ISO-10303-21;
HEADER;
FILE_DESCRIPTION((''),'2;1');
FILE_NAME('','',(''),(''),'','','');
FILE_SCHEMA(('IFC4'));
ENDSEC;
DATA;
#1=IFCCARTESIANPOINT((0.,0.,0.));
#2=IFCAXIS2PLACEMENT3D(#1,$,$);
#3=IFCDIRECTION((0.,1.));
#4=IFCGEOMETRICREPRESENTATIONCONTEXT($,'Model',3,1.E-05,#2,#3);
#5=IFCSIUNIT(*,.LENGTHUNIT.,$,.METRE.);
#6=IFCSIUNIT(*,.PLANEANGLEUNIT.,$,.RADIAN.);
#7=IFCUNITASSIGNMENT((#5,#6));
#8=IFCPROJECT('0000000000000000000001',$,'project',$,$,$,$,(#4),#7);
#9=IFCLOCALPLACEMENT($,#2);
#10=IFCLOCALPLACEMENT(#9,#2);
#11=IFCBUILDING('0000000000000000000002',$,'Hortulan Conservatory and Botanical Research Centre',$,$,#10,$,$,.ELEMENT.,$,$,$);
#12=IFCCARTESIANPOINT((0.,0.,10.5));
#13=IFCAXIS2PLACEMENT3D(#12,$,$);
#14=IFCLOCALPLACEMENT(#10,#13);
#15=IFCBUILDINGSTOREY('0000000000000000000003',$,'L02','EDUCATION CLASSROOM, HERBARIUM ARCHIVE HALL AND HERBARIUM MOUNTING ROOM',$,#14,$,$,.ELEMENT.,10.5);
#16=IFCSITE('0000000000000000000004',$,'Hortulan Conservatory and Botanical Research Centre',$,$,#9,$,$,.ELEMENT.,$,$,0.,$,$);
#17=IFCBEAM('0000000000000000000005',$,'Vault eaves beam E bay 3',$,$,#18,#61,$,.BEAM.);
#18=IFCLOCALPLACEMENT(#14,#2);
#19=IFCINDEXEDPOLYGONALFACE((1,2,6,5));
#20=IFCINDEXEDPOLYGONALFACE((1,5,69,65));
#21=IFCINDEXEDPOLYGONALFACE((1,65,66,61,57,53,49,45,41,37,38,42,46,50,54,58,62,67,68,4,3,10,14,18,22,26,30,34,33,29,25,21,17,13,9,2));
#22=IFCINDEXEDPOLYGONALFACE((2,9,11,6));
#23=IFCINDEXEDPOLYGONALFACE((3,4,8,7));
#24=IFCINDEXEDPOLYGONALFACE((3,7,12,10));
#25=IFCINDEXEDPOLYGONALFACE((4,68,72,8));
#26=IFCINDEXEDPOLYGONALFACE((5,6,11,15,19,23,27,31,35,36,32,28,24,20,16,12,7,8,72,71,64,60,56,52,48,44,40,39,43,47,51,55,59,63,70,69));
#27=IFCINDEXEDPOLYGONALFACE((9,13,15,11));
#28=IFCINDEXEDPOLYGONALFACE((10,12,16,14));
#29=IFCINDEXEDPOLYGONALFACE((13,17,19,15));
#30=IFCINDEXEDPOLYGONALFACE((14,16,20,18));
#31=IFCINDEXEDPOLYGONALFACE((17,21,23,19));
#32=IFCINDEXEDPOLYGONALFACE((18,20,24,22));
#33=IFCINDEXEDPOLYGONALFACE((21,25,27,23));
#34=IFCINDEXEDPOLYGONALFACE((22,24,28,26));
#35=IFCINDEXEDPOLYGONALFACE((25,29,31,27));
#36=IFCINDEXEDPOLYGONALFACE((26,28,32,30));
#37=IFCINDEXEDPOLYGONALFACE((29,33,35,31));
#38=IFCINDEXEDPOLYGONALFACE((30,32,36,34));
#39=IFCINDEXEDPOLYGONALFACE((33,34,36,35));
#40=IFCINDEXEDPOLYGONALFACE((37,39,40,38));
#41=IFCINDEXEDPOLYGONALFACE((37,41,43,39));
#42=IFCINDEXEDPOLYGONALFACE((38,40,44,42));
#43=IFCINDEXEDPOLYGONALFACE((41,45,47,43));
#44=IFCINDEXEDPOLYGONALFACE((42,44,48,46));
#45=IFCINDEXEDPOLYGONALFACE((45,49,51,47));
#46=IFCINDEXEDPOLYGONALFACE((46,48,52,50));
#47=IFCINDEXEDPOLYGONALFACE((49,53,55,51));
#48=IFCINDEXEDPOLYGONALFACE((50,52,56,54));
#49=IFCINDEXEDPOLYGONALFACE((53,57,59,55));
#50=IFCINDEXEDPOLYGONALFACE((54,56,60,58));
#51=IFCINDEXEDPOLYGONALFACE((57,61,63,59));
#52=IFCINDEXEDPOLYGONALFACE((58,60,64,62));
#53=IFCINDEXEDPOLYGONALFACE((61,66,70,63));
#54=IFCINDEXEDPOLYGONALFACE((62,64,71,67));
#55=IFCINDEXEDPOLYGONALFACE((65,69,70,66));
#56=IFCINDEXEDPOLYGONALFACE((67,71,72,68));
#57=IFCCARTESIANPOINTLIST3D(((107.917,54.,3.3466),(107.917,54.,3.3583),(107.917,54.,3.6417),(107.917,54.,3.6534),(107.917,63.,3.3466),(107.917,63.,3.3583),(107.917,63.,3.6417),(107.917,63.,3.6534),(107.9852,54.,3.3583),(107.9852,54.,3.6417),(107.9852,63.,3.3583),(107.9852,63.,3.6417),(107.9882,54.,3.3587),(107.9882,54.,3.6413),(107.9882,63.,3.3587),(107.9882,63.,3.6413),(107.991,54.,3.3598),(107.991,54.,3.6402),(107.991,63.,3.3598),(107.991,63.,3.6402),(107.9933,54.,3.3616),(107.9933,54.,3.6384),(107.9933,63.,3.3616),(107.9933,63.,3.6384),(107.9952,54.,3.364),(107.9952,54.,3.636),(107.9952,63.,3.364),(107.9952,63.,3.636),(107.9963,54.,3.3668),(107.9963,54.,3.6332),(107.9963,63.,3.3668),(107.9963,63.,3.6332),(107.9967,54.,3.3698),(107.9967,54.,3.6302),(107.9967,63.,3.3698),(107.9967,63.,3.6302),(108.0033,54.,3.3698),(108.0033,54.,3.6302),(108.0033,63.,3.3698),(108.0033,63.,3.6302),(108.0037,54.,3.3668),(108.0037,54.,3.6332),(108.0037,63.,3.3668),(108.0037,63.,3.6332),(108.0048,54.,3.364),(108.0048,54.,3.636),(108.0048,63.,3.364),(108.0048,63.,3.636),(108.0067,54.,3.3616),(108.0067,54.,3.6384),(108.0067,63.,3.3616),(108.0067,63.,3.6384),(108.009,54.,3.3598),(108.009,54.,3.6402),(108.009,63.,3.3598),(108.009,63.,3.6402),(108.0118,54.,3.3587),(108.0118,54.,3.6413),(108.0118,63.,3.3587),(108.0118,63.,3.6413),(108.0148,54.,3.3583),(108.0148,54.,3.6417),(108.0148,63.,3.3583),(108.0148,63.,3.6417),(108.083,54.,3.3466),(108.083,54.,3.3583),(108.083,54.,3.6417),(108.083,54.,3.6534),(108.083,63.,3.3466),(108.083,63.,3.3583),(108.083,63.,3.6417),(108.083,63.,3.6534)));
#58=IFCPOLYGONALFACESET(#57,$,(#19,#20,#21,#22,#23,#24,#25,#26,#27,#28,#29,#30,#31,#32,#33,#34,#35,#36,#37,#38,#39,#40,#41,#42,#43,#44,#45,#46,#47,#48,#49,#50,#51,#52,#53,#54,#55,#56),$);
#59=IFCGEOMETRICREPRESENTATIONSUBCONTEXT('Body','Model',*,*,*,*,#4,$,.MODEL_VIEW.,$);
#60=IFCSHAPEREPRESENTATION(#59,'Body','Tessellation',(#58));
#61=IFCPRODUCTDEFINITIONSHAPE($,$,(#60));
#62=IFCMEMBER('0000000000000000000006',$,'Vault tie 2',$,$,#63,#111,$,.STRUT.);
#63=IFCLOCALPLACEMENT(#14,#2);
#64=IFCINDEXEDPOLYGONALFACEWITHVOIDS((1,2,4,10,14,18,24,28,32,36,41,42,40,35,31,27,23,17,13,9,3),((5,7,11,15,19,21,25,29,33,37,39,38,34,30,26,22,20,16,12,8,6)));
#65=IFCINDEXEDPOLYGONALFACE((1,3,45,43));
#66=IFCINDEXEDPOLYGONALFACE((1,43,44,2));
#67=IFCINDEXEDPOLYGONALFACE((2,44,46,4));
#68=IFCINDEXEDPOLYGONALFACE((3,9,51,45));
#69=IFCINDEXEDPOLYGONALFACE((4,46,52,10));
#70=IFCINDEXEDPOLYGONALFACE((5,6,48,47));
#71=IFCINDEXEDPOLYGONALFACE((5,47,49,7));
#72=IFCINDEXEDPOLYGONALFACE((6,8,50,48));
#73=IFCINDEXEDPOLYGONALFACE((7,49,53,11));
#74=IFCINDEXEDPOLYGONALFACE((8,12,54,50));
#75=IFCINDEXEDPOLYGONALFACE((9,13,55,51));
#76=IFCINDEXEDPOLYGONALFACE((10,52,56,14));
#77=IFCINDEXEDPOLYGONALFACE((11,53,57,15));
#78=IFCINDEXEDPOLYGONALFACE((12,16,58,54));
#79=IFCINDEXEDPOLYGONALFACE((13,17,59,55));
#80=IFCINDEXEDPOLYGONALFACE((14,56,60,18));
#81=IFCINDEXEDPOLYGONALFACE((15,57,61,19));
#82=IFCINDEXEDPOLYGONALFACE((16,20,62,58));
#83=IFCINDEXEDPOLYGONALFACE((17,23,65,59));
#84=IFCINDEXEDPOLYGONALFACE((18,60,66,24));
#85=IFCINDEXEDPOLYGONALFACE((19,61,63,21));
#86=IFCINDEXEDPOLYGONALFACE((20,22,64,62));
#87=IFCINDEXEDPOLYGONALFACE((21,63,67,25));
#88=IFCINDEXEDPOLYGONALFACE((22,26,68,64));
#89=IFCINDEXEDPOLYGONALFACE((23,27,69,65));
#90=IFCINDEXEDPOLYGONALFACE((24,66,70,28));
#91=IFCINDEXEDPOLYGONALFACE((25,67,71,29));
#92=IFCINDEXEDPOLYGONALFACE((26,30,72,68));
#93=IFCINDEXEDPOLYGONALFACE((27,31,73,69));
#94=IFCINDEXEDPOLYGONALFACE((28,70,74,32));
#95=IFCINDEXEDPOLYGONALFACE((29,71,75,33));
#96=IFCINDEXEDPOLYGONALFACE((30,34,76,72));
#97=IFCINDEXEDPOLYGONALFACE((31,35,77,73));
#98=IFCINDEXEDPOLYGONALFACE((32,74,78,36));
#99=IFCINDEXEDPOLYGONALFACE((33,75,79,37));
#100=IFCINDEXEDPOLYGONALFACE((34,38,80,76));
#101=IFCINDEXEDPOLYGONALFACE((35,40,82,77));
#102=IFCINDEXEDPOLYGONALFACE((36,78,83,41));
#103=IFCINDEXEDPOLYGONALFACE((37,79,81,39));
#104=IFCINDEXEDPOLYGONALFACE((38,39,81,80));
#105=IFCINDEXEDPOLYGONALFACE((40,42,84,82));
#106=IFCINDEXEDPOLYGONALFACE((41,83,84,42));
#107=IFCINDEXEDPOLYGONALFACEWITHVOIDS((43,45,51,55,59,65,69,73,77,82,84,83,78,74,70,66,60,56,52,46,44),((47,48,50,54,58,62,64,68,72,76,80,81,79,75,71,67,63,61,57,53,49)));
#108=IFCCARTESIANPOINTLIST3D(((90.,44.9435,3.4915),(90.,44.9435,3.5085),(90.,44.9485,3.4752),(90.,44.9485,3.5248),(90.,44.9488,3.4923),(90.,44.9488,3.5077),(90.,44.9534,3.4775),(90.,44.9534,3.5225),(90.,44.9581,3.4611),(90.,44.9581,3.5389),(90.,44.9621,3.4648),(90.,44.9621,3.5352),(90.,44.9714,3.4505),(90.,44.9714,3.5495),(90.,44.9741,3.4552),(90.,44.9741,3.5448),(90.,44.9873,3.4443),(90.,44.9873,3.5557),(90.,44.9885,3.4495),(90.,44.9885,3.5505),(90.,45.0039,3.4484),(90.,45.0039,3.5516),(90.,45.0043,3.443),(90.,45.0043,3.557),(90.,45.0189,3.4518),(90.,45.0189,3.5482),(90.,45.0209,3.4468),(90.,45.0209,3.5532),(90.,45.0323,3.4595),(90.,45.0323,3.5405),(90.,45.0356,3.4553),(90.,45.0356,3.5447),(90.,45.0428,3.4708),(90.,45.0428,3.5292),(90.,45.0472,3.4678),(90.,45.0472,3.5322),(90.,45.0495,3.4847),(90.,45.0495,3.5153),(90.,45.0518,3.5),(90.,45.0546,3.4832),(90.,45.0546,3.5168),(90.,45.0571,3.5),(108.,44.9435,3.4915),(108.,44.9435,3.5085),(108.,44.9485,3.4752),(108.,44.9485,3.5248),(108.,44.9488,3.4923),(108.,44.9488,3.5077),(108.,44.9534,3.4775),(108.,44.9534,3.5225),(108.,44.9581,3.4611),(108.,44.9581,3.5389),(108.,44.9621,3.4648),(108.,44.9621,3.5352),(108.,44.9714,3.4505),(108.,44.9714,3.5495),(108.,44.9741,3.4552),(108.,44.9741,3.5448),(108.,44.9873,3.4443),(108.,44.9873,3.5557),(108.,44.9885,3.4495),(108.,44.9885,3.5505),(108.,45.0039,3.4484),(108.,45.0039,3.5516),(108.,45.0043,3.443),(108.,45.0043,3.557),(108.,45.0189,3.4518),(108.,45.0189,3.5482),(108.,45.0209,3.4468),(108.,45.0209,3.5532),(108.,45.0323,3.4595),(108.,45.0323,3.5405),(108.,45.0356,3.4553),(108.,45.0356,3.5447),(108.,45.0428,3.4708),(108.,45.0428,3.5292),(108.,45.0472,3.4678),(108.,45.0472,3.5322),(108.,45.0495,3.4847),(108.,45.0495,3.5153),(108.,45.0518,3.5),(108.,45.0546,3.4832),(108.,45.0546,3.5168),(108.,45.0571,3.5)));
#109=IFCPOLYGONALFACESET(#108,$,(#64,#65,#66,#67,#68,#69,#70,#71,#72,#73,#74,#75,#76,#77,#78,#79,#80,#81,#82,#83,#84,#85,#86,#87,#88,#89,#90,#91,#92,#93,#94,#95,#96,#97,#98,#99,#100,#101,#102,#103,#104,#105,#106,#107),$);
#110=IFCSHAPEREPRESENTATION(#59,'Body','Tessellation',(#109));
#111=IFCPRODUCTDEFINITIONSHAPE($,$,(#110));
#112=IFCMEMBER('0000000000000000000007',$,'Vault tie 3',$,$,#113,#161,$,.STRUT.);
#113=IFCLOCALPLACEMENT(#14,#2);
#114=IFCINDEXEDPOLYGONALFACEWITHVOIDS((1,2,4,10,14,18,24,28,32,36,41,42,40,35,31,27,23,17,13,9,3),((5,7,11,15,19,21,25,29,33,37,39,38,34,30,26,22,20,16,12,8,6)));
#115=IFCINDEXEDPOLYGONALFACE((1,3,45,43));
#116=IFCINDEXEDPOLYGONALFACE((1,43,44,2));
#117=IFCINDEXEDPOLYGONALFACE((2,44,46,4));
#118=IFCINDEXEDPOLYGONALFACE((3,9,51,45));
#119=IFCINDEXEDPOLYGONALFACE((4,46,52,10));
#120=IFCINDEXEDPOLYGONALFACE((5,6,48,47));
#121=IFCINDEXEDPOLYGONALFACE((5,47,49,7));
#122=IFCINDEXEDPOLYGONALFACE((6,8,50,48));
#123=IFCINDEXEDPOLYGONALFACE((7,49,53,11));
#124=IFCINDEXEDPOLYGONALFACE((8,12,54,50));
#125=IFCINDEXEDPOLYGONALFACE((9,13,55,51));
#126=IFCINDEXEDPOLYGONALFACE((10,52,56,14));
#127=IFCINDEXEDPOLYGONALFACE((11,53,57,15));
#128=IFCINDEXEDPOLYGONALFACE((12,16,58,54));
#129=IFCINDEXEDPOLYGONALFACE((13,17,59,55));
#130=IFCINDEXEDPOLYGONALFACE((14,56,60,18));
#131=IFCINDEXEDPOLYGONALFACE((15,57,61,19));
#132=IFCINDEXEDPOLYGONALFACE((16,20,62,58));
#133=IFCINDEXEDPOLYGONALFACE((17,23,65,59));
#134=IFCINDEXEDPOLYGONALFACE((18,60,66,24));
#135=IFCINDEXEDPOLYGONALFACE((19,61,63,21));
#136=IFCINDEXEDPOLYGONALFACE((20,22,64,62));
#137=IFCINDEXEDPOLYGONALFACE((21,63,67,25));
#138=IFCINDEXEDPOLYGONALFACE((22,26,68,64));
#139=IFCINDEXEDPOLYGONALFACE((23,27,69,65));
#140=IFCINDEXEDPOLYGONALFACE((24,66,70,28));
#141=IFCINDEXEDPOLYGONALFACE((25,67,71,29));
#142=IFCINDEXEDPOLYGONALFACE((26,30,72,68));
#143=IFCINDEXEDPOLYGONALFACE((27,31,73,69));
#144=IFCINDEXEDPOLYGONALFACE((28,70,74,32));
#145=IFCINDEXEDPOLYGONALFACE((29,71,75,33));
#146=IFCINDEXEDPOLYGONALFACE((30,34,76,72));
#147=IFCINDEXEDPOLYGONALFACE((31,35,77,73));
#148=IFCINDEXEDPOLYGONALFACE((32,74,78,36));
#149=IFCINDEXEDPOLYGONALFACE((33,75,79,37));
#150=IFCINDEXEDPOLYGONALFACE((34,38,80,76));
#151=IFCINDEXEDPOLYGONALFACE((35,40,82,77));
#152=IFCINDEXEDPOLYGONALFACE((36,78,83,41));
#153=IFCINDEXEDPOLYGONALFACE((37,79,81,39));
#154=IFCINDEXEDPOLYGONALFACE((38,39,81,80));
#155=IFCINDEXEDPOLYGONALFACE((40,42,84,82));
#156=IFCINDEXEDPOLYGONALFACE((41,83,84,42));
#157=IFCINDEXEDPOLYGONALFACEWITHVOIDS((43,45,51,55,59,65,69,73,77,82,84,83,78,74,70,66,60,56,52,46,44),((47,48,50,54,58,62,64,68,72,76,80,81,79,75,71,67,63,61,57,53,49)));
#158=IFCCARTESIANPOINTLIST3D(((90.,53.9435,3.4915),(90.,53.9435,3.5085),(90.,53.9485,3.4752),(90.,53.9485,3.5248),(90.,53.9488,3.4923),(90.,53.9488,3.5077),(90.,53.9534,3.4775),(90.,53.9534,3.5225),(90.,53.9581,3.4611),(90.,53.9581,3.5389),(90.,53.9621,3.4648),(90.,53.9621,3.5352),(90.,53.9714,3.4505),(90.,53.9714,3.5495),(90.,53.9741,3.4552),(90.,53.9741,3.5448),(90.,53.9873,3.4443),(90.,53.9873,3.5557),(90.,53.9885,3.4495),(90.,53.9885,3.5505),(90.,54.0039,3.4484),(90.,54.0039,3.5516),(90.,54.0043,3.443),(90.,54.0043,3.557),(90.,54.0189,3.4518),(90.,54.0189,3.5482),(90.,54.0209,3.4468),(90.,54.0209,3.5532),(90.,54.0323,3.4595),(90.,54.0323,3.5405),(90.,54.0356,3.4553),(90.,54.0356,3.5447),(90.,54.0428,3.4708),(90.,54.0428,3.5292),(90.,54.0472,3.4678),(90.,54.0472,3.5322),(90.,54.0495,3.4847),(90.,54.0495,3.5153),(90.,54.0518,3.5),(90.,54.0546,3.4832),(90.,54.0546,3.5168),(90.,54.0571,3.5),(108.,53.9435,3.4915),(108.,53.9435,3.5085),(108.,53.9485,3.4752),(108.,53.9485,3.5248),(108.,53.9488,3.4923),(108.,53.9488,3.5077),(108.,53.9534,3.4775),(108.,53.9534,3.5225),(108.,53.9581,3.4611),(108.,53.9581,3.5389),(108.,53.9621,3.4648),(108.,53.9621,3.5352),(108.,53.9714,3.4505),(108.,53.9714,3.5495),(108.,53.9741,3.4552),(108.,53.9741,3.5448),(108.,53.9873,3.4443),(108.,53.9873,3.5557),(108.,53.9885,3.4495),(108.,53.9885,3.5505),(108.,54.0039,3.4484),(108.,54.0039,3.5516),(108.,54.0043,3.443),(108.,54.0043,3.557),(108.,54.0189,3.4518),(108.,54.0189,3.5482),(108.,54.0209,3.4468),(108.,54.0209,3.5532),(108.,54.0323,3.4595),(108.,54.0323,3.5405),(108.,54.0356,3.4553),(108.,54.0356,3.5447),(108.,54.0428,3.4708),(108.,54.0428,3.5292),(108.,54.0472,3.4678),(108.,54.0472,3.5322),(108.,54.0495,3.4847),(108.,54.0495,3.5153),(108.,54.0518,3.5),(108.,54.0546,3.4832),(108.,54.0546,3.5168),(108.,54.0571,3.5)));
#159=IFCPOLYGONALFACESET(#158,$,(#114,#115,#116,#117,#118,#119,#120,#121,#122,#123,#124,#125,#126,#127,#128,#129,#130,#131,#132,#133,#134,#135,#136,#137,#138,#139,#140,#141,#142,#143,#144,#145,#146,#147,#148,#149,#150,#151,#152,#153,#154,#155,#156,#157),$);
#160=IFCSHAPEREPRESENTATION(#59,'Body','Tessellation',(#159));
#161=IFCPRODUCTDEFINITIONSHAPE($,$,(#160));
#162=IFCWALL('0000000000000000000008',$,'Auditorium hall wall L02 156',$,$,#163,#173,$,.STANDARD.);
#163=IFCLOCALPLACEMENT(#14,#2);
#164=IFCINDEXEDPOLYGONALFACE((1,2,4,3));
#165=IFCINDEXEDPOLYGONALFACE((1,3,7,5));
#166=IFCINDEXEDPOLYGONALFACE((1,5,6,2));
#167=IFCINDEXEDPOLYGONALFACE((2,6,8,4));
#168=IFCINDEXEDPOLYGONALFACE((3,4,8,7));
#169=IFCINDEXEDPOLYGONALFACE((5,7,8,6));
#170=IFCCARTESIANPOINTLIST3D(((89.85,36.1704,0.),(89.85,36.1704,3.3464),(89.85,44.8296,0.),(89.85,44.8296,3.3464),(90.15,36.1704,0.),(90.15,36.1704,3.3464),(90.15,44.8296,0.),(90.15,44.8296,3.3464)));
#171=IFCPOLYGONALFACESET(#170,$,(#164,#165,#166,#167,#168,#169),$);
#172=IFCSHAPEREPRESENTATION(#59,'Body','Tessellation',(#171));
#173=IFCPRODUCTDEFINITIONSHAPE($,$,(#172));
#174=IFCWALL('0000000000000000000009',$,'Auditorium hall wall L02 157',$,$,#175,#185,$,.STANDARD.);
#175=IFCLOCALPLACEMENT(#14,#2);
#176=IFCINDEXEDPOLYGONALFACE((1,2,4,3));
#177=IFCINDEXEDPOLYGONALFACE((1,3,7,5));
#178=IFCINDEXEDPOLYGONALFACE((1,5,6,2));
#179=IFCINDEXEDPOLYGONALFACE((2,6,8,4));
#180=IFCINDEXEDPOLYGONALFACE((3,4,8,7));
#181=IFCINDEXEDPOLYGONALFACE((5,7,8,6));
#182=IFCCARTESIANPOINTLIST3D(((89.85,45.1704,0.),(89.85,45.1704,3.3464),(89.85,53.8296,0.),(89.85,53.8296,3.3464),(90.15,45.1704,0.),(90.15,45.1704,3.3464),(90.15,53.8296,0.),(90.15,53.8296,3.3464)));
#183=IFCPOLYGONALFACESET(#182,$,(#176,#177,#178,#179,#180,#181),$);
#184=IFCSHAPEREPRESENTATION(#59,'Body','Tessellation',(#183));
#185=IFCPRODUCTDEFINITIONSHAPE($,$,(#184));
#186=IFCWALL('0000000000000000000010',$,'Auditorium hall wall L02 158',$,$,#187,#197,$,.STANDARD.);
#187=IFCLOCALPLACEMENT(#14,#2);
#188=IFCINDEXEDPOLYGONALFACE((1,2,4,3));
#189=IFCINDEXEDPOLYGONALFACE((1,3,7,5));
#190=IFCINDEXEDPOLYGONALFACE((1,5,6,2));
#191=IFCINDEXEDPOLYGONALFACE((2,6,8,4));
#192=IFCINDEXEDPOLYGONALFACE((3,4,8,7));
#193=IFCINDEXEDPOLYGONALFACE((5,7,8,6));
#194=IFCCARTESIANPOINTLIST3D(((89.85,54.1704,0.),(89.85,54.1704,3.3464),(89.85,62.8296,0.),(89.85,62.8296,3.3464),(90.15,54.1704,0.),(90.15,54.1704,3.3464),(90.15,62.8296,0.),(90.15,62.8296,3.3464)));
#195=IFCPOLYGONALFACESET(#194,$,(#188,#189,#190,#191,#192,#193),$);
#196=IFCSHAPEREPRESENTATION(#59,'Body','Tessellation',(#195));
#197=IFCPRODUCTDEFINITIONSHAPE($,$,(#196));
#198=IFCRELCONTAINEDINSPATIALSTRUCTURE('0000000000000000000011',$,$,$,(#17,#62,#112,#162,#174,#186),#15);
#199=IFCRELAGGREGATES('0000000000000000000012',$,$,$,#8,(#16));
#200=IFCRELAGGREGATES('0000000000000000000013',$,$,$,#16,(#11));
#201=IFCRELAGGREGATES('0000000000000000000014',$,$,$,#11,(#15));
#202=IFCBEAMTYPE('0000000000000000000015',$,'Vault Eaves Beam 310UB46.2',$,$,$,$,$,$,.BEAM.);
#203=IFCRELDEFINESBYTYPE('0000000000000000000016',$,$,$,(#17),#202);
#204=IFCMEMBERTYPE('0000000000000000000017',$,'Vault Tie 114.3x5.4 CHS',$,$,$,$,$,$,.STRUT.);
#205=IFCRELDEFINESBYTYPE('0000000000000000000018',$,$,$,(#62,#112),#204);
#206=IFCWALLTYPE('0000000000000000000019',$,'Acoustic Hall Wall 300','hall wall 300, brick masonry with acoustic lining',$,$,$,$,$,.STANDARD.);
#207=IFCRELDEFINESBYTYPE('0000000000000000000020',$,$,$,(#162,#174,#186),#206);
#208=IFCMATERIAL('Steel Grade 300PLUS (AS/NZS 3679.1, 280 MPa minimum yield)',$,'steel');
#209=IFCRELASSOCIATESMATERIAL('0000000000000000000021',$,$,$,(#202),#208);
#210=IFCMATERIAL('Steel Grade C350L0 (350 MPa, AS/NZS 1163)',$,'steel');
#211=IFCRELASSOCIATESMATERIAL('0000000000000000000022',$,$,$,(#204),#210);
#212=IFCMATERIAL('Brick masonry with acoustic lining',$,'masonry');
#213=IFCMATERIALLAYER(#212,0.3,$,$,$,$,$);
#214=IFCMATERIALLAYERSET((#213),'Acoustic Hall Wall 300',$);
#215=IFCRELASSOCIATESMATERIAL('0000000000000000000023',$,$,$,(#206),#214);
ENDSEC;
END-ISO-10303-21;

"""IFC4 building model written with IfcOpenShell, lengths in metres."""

from ifc_helpers import new_model, si_unit, direction, frame, frame_2d, origin, origin_2d, place, context, subcontext, project, spatial, rectangle, hollow_circle, i_section, extrude, material, layer, layer_set, material_profile, profile_set, type_object, element, save


model = new_model("IFC4")

# Units and contexts
model_context = context("Model", 3, precision=1e-05, world=origin(), true_north=direction((0.0, 1.0)))
body_context = subcontext(model_context, "Body", "Model", "MODEL_VIEW")
ifc_project = project(units=[si_unit("LENGTHUNIT", "METRE"), si_unit("PLANEANGLEUNIT", "RADIAN")], contexts=[model_context])

# Site, building, storey
site_placement = place(None, origin())
site = spatial("IfcSite", under=ifc_project, at=site_placement, Name="Hortulan Conservatory and Botanical Research Centre", CompositionType="ELEMENT", RefElevation=0.0)
building_placement = place(site_placement, origin())
building = spatial("IfcBuilding", under=site, at=building_placement, Name="Hortulan Conservatory and Botanical Research Centre", CompositionType="ELEMENT")
storey_placement = place(building_placement, frame((0.0, 0.0, 10.5)))
storey = spatial("IfcBuildingStorey", under=building, at=storey_placement, Name="L02", Description="EDUCATION CLASSROOM, HERBARIUM ARCHIVE HALL AND HERBARIUM MOUNTING ROOM", CompositionType="ELEMENT", Elevation=10.5)

# Shared definitions
ifc_material_1 = material(Name="Steel Grade 300PLUS (AS/NZS 3679.1, 280 MPa minimum yield)", Category="steel")

# Beam
ifc_material_profile_1 = material_profile(ifc_material_1, i_section(OverallWidth=0.166, OverallDepth=0.3069, WebThickness=0.0066, FlangeThickness=0.0117, FilletRadius=0.0115, at=origin_2d()), Name="310UB46.2")
ifc_profile_set_1 = profile_set([ifc_material_profile_1], Name="Steel Grade 300PLUS (AS/NZS 3679.1, 280 MPa minimum yield)")
beam_type_1 = type_object("IfcBeamType", Name="Vault Eaves Beam 310UB46.2", PredefinedType="BEAM", material=ifc_profile_set_1)
for number, where, z_axis, x_axis, name in (
    (1, (108.0, 54.0, 3.5), (0.0, 1.0, 0.0), (-1.0, 0.0, 0.0), "Vault eaves beam E bay 3"),
):
    element("IfcBeam", number, at=place(storey_placement, frame(where, z_axis=z_axis, x_axis=x_axis)), inside=storey, type_object=beam_type_1, Name=name, PredefinedType="BEAM", context=body_context, shape_type="SweptSolid", body=[
        extrude(i_section(OverallWidth=0.166, OverallDepth=0.3069, WebThickness=0.0066, FlangeThickness=0.0117, FilletRadius=0.0115, at=origin_2d()), origin(), (0.0, 0.0, 1.0), 9.0),
    ])

# Members
ifc_material_2 = material(Name="Steel Grade C350L0 (350 MPa, AS/NZS 1163)", Category="steel")
ifc_material_profile_2 = material_profile(ifc_material_2, hollow_circle(Radius=0.0571, WallThickness=0.0054, at=origin_2d()), Name="114.3x5.4CHS")
ifc_profile_set_2 = profile_set([ifc_material_profile_2], Name="Steel Grade C350L0 (350 MPa, AS/NZS 1163)")
member_type = type_object("IfcMemberType", Name="Vault Tie 114.3x5.4 CHS", PredefinedType="STRUT", material=ifc_profile_set_2)
for number, where, z_axis, x_axis, name in (
    (2, (90.0, 45.0, 3.5), (1.0, 0.0, 0.0), (0.0, 1.0, 0.0), "Vault tie 2"),
    (3, (90.0, 54.0, 3.5), (1.0, 0.0, 0.0), (0.0, 1.0, 0.0), "Vault tie 3"),
):
    element("IfcMember", number, at=place(storey_placement, frame(where, z_axis=z_axis, x_axis=x_axis)), inside=storey, type_object=member_type, Name=name, PredefinedType="STRUT", context=body_context, shape_type="SweptSolid", body=[
        extrude(hollow_circle(Radius=0.0571, WallThickness=0.0054, at=origin_2d()), origin(), (0.0, 0.0, 1.0), 18.0),
    ])

# Walls
ifc_material_3 = material(Name="Brick masonry with acoustic lining", Category="masonry")
ifc_layer_1 = layer(ifc_material_3, 0.3)
ifc_layer_set_1 = layer_set([ifc_layer_1], Name="Acoustic Hall Wall 300")
wall_type_1 = type_object("IfcWallType", Name="Acoustic Hall Wall 300", Description="hall wall 300, brick masonry with acoustic lining", PredefinedType="STANDARD", material=ifc_layer_set_1)
for number, where, z_axis, x_axis, name in (
    (4, (90.0, 36.1704, 0.0), (0.0, 0.0, 1.0), (0.0, 1.0, 0.0), "Auditorium hall wall L02 156"),
    (5, (90.0, 45.1704, 0.0), (0.0, 0.0, 1.0), (0.0, 1.0, 0.0), "Auditorium hall wall L02 157"),
    (6, (90.0, 54.1704, 0.0), (0.0, 0.0, 1.0), (0.0, 1.0, 0.0), "Auditorium hall wall L02 158"),
):
    element("IfcWall", number, at=place(storey_placement, frame(where, z_axis=z_axis, x_axis=x_axis)), inside=storey, type_object=wall_type_1, Name=name, PredefinedType="STANDARD", context=body_context, shape_type="SweptSolid", body=[
        extrude(rectangle(XDim=8.6592, YDim=0.3, at=frame_2d((4.3296, 0.0))), origin(), (0.0, 0.0, 1.0), 3.3464),
    ])

save(model, "model.ifc")
